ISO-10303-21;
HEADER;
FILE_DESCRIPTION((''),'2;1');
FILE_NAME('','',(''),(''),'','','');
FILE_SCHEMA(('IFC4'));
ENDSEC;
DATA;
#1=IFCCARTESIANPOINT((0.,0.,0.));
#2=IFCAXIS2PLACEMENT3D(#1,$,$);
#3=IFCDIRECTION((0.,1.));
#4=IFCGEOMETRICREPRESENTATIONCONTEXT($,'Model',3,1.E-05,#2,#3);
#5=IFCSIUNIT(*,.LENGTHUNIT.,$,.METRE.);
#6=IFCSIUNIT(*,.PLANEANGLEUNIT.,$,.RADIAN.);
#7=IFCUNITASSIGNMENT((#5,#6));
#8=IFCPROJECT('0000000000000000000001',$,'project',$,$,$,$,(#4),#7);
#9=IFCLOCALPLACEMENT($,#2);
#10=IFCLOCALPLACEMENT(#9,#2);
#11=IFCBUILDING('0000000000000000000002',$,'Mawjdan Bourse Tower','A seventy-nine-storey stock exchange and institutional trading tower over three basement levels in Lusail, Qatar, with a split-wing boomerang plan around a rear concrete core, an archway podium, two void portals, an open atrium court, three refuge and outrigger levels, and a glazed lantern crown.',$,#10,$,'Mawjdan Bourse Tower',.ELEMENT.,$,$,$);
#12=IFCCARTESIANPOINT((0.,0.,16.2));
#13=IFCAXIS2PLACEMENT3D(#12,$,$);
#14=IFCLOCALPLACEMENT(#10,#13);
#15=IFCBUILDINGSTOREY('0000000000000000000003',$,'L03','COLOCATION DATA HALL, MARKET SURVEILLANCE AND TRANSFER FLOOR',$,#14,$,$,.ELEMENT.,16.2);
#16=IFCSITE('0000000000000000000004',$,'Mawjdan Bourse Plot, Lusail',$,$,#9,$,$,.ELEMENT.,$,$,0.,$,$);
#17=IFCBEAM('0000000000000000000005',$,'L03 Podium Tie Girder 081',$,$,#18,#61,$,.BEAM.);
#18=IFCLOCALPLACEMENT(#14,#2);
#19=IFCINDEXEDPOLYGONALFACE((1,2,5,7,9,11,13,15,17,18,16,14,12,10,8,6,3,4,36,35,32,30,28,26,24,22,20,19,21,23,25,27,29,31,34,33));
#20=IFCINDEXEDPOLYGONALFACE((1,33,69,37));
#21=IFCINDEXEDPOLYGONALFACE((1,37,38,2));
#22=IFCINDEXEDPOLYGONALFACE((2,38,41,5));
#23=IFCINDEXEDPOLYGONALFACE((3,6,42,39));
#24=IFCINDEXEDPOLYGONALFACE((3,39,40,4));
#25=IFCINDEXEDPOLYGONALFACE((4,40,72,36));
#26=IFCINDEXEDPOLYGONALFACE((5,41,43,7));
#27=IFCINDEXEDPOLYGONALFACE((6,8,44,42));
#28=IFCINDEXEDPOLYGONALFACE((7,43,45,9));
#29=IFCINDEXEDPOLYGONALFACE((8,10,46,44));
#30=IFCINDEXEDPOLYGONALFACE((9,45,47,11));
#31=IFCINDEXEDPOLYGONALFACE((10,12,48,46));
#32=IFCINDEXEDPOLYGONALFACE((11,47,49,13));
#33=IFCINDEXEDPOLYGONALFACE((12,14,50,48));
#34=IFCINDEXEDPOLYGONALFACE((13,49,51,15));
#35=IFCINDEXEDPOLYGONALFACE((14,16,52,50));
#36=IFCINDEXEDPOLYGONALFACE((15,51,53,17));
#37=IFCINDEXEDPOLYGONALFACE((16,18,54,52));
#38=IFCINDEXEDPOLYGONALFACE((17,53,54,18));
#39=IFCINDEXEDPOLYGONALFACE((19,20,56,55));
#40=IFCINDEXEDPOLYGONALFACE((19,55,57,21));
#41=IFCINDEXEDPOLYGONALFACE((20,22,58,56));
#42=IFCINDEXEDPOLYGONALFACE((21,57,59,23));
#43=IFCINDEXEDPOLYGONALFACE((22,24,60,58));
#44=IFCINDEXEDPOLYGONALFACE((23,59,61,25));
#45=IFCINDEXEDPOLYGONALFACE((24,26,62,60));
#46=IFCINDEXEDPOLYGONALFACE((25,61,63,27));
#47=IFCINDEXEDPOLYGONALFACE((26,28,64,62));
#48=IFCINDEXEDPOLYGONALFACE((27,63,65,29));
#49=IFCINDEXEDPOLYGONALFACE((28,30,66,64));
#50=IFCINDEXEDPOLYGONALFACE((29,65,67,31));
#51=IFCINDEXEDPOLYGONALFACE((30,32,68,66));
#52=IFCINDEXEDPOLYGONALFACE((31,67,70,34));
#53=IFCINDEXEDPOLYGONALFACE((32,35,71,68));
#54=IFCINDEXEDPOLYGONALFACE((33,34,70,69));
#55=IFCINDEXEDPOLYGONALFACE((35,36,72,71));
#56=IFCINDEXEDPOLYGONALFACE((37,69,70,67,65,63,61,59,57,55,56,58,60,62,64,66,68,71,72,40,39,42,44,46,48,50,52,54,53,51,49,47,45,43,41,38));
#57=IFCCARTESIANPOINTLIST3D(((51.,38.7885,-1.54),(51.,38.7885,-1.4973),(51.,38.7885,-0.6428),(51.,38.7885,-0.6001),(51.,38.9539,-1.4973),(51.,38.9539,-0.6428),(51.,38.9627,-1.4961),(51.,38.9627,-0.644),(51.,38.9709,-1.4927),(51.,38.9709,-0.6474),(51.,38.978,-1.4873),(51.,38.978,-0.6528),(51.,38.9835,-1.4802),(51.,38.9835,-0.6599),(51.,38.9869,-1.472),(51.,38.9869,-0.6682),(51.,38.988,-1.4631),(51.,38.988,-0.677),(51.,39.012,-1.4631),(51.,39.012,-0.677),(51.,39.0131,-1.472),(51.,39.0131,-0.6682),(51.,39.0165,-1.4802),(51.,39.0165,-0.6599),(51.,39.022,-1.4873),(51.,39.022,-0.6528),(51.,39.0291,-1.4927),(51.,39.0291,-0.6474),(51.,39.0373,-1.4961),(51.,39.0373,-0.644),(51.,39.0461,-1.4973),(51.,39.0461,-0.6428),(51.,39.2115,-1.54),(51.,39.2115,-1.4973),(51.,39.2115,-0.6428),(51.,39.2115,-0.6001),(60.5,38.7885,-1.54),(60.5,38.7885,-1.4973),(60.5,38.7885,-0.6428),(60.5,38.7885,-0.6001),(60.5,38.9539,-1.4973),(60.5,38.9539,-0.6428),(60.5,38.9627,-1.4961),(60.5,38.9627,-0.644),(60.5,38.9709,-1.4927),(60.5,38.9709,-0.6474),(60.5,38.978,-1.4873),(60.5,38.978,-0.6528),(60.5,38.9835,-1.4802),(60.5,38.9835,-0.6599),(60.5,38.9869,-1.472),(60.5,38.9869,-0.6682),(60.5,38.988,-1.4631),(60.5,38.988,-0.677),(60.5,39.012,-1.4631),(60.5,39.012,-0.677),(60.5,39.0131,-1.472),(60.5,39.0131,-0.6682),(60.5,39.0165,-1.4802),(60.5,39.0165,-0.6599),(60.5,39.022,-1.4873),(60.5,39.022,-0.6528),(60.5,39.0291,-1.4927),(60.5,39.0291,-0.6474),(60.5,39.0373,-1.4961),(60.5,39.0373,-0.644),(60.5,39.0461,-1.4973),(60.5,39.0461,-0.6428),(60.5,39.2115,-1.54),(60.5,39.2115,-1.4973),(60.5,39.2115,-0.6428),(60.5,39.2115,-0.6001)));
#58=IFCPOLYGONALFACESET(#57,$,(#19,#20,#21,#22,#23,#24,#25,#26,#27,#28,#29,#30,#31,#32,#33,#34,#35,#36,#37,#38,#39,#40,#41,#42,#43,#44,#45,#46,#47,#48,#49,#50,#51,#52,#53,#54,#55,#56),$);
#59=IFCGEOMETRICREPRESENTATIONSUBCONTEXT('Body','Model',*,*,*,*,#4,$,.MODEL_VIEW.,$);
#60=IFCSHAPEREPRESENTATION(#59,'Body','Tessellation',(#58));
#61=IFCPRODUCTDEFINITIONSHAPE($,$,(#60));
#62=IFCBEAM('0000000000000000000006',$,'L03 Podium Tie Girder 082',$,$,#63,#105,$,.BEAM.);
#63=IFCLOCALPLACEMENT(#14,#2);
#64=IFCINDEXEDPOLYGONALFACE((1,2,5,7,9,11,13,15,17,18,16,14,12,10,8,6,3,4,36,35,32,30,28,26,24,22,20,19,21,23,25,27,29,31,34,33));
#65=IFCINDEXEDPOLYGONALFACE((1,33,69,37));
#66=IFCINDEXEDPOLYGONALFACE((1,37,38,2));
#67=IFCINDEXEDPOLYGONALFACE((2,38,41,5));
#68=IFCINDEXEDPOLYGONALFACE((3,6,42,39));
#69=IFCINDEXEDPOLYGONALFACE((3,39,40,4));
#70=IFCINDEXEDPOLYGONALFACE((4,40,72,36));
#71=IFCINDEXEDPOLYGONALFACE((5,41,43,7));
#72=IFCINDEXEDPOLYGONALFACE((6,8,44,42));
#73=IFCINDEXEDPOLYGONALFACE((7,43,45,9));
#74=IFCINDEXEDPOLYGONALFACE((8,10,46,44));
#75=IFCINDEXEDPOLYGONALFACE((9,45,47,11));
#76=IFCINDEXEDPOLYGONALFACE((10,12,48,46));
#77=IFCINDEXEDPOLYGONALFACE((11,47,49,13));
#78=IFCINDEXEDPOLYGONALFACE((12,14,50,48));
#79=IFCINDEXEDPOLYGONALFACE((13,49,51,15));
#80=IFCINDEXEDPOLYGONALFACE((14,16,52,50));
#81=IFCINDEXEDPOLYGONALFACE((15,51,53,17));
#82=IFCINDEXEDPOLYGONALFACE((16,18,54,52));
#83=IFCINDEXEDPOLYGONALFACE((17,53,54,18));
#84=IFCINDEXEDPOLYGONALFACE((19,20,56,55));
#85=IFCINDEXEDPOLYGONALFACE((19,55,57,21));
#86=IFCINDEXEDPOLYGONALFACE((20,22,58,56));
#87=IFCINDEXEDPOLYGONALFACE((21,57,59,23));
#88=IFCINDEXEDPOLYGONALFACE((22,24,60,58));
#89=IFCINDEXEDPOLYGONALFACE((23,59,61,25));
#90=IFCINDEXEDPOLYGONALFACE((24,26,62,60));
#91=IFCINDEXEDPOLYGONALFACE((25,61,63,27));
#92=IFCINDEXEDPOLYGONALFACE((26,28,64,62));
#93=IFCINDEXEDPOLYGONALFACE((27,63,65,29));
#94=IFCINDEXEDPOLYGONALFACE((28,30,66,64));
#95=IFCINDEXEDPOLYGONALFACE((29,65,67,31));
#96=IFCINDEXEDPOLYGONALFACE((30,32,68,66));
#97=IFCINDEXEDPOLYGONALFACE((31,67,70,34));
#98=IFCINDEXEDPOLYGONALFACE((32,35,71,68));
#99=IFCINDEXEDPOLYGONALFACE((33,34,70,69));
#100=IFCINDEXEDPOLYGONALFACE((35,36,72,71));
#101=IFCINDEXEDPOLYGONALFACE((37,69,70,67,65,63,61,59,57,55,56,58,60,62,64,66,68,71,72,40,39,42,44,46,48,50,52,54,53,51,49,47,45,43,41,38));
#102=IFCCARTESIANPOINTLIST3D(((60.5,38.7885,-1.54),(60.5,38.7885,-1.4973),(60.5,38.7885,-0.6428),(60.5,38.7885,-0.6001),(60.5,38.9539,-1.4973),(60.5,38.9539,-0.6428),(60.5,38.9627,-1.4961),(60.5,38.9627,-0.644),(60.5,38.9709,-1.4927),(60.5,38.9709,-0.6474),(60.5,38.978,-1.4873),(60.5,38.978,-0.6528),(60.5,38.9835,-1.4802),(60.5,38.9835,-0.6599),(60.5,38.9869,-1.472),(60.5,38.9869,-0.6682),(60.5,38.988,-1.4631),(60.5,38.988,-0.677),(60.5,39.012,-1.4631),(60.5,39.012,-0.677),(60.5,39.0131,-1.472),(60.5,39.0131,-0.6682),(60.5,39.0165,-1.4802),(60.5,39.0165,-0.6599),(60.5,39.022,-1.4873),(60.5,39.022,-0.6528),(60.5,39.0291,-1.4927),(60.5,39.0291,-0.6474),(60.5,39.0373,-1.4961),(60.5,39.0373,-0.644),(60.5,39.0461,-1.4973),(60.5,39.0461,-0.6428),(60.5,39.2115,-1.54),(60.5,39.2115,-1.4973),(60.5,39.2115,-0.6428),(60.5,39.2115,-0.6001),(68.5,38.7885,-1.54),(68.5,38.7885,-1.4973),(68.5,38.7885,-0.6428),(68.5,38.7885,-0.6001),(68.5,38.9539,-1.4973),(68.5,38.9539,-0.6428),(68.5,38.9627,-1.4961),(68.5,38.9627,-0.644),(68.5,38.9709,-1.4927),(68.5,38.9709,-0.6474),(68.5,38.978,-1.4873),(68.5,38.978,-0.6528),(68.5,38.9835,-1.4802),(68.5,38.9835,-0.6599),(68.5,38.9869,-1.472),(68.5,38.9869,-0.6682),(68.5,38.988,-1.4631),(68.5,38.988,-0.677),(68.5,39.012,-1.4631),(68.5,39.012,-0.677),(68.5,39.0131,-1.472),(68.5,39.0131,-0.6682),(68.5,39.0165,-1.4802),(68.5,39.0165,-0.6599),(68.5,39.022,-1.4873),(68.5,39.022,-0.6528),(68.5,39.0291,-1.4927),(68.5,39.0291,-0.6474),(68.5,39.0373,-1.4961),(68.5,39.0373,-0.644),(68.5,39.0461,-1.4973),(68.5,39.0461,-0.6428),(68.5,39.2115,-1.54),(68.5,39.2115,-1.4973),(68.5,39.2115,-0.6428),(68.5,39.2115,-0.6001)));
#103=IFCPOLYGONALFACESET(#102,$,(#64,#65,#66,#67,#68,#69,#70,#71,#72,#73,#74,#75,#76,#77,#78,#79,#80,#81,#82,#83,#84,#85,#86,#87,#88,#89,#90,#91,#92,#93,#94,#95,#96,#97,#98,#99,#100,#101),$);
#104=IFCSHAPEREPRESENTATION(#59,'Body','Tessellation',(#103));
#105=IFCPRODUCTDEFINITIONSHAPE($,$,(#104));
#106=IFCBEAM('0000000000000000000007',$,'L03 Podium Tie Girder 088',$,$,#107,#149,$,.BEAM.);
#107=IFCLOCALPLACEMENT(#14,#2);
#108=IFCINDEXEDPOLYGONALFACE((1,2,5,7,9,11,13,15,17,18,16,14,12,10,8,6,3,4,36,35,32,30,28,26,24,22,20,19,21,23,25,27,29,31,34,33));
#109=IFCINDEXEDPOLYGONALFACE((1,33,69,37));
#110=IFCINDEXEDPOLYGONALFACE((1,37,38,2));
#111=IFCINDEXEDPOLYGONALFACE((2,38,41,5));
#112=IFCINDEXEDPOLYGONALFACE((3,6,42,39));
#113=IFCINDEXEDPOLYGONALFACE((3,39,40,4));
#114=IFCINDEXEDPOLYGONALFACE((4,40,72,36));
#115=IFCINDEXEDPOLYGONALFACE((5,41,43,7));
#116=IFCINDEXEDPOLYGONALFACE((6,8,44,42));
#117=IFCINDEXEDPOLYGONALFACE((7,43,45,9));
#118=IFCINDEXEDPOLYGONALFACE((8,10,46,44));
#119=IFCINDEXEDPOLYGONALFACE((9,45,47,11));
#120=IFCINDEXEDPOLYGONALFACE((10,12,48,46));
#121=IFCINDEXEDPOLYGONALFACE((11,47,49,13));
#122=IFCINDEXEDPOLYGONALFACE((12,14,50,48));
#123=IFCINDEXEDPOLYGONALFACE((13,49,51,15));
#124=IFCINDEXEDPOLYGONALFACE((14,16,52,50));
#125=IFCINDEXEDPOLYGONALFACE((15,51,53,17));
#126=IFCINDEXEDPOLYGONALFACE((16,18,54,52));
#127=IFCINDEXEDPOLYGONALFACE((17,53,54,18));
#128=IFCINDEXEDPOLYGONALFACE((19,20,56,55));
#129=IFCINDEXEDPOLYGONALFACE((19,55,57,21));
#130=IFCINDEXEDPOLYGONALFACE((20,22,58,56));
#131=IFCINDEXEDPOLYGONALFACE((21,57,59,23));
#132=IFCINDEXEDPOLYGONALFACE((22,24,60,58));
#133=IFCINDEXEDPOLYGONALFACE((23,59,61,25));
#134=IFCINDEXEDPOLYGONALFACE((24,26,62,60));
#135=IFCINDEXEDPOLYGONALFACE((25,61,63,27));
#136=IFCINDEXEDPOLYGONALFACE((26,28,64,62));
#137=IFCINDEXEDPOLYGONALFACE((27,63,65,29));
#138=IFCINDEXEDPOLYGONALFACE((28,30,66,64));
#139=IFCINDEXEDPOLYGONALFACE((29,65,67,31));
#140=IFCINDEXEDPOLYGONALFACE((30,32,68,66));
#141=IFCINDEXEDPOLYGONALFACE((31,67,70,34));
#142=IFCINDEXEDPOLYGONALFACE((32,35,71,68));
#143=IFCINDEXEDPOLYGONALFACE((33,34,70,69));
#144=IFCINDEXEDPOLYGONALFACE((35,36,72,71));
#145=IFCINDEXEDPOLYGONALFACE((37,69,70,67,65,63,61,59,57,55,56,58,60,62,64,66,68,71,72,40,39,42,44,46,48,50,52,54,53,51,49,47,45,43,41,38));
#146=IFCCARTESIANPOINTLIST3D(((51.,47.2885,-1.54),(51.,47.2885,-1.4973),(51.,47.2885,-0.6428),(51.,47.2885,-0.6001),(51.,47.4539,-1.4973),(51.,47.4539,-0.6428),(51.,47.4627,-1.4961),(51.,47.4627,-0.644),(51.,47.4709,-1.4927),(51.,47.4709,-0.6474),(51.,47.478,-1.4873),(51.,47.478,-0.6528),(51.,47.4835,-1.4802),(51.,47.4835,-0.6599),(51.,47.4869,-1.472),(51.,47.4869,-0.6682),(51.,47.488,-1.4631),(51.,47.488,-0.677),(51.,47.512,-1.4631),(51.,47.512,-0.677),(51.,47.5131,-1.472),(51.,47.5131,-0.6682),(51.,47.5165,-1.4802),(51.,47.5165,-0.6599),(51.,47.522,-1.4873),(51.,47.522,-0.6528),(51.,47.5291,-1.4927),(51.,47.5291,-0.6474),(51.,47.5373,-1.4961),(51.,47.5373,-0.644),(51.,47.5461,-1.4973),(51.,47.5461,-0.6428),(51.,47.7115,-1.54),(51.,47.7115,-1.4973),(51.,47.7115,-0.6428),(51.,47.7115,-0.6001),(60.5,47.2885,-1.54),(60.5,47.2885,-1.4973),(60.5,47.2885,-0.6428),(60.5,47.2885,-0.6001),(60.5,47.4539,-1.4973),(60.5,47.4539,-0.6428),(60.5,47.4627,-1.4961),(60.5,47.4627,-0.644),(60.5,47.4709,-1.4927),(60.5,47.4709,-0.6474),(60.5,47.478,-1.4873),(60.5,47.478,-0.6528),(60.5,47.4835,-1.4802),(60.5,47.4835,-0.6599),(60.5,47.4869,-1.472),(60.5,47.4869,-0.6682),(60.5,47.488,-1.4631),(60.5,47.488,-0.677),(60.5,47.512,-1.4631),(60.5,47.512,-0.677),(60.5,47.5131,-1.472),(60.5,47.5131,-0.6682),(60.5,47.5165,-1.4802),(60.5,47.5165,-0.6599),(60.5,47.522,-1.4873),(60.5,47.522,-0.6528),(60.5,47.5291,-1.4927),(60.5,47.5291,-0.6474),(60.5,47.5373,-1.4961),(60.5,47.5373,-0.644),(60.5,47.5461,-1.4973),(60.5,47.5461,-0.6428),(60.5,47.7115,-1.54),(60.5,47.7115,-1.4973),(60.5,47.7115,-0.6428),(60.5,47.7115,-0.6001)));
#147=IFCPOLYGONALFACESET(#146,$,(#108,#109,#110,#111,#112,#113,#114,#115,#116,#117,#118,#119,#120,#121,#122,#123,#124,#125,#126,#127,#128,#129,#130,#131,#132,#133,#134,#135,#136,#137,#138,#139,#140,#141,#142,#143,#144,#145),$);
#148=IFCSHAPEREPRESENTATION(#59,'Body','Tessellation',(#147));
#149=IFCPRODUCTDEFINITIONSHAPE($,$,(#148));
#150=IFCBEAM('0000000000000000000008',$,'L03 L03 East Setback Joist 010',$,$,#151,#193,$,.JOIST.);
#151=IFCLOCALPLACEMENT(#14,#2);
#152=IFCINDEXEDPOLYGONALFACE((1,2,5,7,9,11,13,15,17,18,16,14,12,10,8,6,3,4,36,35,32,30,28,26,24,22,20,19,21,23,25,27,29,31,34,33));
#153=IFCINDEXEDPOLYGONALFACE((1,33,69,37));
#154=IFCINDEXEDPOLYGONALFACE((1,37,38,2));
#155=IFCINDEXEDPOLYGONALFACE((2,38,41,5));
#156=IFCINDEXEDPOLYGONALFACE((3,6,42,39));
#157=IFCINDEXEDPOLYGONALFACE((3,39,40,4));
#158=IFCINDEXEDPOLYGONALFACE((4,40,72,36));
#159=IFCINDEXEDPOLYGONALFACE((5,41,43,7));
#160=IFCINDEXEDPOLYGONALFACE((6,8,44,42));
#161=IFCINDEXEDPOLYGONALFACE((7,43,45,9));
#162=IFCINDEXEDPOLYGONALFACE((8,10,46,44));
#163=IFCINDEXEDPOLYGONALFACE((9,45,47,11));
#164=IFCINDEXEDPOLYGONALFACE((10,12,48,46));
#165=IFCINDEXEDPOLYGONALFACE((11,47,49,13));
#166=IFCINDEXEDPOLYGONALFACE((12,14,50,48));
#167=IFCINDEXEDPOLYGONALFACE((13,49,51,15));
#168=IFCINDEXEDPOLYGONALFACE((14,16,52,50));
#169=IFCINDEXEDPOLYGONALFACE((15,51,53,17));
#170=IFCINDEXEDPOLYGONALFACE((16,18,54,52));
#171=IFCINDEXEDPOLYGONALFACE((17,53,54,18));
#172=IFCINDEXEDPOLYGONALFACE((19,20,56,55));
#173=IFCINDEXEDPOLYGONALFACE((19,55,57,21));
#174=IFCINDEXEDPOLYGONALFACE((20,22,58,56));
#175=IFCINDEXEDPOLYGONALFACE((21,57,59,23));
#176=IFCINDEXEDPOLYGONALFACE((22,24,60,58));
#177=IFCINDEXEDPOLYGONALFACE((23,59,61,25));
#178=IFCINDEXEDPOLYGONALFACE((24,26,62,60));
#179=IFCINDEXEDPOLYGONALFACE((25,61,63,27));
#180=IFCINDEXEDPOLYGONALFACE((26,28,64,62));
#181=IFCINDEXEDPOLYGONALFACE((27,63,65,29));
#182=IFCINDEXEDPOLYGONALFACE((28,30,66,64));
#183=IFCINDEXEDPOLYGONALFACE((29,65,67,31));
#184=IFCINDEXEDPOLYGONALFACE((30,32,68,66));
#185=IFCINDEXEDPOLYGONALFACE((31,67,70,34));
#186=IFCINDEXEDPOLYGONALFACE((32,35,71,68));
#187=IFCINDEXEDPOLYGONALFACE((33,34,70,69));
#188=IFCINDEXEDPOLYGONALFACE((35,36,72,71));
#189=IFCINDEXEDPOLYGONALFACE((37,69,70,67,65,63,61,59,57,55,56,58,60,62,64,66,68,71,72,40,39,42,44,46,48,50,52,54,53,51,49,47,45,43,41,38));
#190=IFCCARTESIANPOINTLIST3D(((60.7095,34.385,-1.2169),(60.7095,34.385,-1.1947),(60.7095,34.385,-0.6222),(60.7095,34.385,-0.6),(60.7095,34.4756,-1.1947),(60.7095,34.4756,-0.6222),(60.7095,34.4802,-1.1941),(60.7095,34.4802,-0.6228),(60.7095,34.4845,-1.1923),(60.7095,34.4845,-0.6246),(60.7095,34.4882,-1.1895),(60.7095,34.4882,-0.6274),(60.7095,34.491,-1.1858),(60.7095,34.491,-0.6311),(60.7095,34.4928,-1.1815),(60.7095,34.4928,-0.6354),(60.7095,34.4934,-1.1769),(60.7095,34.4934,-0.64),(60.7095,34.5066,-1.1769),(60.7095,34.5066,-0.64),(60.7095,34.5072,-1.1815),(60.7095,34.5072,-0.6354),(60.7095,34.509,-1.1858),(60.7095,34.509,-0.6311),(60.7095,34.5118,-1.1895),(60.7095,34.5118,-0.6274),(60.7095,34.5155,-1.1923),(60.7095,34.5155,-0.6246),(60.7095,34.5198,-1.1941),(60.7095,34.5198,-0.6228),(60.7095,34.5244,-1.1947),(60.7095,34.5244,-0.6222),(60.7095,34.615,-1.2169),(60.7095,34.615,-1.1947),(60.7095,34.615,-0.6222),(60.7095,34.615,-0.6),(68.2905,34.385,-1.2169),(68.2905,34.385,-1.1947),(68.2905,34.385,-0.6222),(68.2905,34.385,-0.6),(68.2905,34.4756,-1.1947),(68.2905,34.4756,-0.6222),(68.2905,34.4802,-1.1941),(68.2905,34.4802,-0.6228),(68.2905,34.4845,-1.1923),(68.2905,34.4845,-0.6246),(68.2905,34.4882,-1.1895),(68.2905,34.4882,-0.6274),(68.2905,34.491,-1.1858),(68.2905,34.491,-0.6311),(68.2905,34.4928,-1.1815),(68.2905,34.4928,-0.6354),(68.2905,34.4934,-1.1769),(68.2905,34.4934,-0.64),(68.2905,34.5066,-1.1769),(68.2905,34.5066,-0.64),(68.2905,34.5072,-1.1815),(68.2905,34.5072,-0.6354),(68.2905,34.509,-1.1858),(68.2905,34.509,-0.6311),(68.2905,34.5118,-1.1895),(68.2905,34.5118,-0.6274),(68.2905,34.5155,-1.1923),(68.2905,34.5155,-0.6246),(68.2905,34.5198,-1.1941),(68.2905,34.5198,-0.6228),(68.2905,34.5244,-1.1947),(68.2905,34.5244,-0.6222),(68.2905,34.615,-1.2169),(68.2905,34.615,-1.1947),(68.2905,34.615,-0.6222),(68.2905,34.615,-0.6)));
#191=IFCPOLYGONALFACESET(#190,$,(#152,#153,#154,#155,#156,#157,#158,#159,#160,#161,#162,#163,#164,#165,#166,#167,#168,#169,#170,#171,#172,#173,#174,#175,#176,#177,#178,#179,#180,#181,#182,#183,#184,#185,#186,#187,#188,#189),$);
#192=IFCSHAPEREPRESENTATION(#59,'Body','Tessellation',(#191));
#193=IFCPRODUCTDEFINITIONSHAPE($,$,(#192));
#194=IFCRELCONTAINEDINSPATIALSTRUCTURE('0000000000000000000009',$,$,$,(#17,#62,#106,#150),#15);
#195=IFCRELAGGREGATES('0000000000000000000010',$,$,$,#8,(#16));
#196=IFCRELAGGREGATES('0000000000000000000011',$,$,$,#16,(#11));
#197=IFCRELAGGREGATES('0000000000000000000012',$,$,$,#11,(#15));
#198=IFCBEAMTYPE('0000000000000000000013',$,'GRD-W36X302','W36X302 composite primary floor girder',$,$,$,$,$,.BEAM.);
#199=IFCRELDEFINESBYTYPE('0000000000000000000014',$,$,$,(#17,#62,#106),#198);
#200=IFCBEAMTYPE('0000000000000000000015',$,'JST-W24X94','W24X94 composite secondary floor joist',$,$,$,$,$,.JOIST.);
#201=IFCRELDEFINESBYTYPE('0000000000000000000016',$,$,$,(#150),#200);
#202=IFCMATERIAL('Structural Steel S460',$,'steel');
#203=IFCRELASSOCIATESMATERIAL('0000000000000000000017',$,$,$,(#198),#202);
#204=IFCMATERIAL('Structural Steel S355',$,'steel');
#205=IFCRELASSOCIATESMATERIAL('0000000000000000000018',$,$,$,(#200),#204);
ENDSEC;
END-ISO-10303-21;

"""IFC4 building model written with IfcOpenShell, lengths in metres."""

from ifc_helpers import new_model, si_unit, direction, frame, origin, origin_2d, place, context, subcontext, project, spatial, i_section, extrude, material, material_profile, profile_set, type_object, element, save


model = new_model("IFC4")

# Units and contexts
model_context = context("Model", 3, precision=1e-05, world=origin(), true_north=direction((0.0, 1.0)))
body_context = subcontext(model_context, "Body", "Model", "MODEL_VIEW")
ifc_project = project(units=[si_unit("LENGTHUNIT", "METRE"), si_unit("PLANEANGLEUNIT", "RADIAN")], contexts=[model_context])

# Site, building, storey
site_placement = place(None, origin())
site = spatial("IfcSite", under=ifc_project, at=site_placement, Name="Mawjdan Bourse Plot, Lusail", CompositionType="ELEMENT", RefElevation=0.0)
building_placement = place(site_placement, origin())
building = spatial("IfcBuilding", under=site, at=building_placement, Name="Mawjdan Bourse Tower", Description="A seventy-nine-storey stock exchange and institutional trading tower over three basement levels in Lusail, Qatar, with a split-wing boomerang plan around a rear concrete core, an archway podium, two void portals, an open atrium court, three refuge and outrigger levels, and a glazed lantern crown.", LongName="Mawjdan Bourse Tower", CompositionType="ELEMENT")
storey_placement = place(building_placement, frame((0.0, 0.0, 16.2)))
storey = spatial("IfcBuildingStorey", under=building, at=storey_placement, Name="L03", Description="COLOCATION DATA HALL, MARKET SURVEILLANCE AND TRANSFER FLOOR", CompositionType="ELEMENT", Elevation=16.2)

# Beams
ifc_material_1 = material(Name="Structural Steel S460", Category="steel")
ifc_material_profile_1 = material_profile(ifc_material_1, i_section(OverallWidth=0.4231, OverallDepth=0.9399, WebThickness=0.0239, FlangeThickness=0.0427, FilletRadius=0.0342, at=origin_2d()), Name="W36X302")
ifc_profile_set_1 = profile_set([ifc_material_profile_1], Name="Structural Steel S460")
beam_type_1 = type_object("IfcBeamType", Name="GRD-W36X302", Description="W36X302 composite primary floor girder", PredefinedType="BEAM", material=ifc_profile_set_1)
beam_1_placement = place(storey_placement, frame((51.0, 39.0, -1.0701), z_axis=(1.0, 0.0, 0.0), x_axis=(0.0, 1.0, 0.0)))
element("IfcBeam", 1, at=beam_1_placement, inside=storey, type_object=beam_type_1, Name="L03 Podium Tie Girder 081", PredefinedType="BEAM", context=body_context, shape_type="SweptSolid", body=[
    extrude(i_section(OverallWidth=0.4231, OverallDepth=0.9399, WebThickness=0.0239, FlangeThickness=0.0427, FilletRadius=0.0342, at=origin_2d()), origin(), (0.0, 0.0, 1.0), 9.5),
])
beam_2_placement = place(storey_placement, frame((60.5, 39.0, -1.0701), z_axis=(1.0, 0.0, 0.0), x_axis=(0.0, 1.0, 0.0)))
element("IfcBeam", 2, at=beam_2_placement, inside=storey, type_object=beam_type_1, Name="L03 Podium Tie Girder 082", PredefinedType="BEAM", context=body_context, shape_type="SweptSolid", body=[
    extrude(i_section(OverallWidth=0.4231, OverallDepth=0.9399, WebThickness=0.0239, FlangeThickness=0.0427, FilletRadius=0.0342, at=origin_2d()), origin(), (0.0, 0.0, 1.0), 8.0),
])
beam_3_placement = place(storey_placement, frame((51.0, 47.5, -1.0701), z_axis=(1.0, 0.0, 0.0), x_axis=(0.0, 1.0, 0.0)))
element("IfcBeam", 3, at=beam_3_placement, inside=storey, type_object=beam_type_1, Name="L03 Podium Tie Girder 088", PredefinedType="BEAM", context=body_context, shape_type="SweptSolid", body=[
    extrude(i_section(OverallWidth=0.4231, OverallDepth=0.9399, WebThickness=0.0239, FlangeThickness=0.0427, FilletRadius=0.0342, at=origin_2d()), origin(), (0.0, 0.0, 1.0), 9.5),
])
ifc_material_2 = material(Name="Structural Steel S355", Category="steel")
ifc_material_profile_2 = material_profile(ifc_material_2, i_section(OverallWidth=0.23, OverallDepth=0.6169, WebThickness=0.0132, FlangeThickness=0.0222, FilletRadius=0.0178, at=origin_2d()), Name="W24X94")
ifc_profile_set_2 = profile_set([ifc_material_profile_2], Name="Structural Steel S355")
beam_type_2 = type_object("IfcBeamType", Name="JST-W24X94", Description="W24X94 composite secondary floor joist", PredefinedType="JOIST", material=ifc_profile_set_2)
beam_4_placement = place(storey_placement, frame((60.7095, 34.5, -0.9084), z_axis=(1.0, 0.0, 0.0), x_axis=(0.0, 1.0, 0.0)))
element("IfcBeam", 4, at=beam_4_placement, inside=storey, type_object=beam_type_2, Name="L03 L03 East Setback Joist 010", PredefinedType="JOIST", context=body_context, shape_type="SweptSolid", body=[
    extrude(i_section(OverallWidth=0.23, OverallDepth=0.6169, WebThickness=0.0132, FlangeThickness=0.0222, FilletRadius=0.0178, at=origin_2d()), origin(), (0.0, 0.0, 1.0), 7.5811),
])

save(model, "model.ifc")
